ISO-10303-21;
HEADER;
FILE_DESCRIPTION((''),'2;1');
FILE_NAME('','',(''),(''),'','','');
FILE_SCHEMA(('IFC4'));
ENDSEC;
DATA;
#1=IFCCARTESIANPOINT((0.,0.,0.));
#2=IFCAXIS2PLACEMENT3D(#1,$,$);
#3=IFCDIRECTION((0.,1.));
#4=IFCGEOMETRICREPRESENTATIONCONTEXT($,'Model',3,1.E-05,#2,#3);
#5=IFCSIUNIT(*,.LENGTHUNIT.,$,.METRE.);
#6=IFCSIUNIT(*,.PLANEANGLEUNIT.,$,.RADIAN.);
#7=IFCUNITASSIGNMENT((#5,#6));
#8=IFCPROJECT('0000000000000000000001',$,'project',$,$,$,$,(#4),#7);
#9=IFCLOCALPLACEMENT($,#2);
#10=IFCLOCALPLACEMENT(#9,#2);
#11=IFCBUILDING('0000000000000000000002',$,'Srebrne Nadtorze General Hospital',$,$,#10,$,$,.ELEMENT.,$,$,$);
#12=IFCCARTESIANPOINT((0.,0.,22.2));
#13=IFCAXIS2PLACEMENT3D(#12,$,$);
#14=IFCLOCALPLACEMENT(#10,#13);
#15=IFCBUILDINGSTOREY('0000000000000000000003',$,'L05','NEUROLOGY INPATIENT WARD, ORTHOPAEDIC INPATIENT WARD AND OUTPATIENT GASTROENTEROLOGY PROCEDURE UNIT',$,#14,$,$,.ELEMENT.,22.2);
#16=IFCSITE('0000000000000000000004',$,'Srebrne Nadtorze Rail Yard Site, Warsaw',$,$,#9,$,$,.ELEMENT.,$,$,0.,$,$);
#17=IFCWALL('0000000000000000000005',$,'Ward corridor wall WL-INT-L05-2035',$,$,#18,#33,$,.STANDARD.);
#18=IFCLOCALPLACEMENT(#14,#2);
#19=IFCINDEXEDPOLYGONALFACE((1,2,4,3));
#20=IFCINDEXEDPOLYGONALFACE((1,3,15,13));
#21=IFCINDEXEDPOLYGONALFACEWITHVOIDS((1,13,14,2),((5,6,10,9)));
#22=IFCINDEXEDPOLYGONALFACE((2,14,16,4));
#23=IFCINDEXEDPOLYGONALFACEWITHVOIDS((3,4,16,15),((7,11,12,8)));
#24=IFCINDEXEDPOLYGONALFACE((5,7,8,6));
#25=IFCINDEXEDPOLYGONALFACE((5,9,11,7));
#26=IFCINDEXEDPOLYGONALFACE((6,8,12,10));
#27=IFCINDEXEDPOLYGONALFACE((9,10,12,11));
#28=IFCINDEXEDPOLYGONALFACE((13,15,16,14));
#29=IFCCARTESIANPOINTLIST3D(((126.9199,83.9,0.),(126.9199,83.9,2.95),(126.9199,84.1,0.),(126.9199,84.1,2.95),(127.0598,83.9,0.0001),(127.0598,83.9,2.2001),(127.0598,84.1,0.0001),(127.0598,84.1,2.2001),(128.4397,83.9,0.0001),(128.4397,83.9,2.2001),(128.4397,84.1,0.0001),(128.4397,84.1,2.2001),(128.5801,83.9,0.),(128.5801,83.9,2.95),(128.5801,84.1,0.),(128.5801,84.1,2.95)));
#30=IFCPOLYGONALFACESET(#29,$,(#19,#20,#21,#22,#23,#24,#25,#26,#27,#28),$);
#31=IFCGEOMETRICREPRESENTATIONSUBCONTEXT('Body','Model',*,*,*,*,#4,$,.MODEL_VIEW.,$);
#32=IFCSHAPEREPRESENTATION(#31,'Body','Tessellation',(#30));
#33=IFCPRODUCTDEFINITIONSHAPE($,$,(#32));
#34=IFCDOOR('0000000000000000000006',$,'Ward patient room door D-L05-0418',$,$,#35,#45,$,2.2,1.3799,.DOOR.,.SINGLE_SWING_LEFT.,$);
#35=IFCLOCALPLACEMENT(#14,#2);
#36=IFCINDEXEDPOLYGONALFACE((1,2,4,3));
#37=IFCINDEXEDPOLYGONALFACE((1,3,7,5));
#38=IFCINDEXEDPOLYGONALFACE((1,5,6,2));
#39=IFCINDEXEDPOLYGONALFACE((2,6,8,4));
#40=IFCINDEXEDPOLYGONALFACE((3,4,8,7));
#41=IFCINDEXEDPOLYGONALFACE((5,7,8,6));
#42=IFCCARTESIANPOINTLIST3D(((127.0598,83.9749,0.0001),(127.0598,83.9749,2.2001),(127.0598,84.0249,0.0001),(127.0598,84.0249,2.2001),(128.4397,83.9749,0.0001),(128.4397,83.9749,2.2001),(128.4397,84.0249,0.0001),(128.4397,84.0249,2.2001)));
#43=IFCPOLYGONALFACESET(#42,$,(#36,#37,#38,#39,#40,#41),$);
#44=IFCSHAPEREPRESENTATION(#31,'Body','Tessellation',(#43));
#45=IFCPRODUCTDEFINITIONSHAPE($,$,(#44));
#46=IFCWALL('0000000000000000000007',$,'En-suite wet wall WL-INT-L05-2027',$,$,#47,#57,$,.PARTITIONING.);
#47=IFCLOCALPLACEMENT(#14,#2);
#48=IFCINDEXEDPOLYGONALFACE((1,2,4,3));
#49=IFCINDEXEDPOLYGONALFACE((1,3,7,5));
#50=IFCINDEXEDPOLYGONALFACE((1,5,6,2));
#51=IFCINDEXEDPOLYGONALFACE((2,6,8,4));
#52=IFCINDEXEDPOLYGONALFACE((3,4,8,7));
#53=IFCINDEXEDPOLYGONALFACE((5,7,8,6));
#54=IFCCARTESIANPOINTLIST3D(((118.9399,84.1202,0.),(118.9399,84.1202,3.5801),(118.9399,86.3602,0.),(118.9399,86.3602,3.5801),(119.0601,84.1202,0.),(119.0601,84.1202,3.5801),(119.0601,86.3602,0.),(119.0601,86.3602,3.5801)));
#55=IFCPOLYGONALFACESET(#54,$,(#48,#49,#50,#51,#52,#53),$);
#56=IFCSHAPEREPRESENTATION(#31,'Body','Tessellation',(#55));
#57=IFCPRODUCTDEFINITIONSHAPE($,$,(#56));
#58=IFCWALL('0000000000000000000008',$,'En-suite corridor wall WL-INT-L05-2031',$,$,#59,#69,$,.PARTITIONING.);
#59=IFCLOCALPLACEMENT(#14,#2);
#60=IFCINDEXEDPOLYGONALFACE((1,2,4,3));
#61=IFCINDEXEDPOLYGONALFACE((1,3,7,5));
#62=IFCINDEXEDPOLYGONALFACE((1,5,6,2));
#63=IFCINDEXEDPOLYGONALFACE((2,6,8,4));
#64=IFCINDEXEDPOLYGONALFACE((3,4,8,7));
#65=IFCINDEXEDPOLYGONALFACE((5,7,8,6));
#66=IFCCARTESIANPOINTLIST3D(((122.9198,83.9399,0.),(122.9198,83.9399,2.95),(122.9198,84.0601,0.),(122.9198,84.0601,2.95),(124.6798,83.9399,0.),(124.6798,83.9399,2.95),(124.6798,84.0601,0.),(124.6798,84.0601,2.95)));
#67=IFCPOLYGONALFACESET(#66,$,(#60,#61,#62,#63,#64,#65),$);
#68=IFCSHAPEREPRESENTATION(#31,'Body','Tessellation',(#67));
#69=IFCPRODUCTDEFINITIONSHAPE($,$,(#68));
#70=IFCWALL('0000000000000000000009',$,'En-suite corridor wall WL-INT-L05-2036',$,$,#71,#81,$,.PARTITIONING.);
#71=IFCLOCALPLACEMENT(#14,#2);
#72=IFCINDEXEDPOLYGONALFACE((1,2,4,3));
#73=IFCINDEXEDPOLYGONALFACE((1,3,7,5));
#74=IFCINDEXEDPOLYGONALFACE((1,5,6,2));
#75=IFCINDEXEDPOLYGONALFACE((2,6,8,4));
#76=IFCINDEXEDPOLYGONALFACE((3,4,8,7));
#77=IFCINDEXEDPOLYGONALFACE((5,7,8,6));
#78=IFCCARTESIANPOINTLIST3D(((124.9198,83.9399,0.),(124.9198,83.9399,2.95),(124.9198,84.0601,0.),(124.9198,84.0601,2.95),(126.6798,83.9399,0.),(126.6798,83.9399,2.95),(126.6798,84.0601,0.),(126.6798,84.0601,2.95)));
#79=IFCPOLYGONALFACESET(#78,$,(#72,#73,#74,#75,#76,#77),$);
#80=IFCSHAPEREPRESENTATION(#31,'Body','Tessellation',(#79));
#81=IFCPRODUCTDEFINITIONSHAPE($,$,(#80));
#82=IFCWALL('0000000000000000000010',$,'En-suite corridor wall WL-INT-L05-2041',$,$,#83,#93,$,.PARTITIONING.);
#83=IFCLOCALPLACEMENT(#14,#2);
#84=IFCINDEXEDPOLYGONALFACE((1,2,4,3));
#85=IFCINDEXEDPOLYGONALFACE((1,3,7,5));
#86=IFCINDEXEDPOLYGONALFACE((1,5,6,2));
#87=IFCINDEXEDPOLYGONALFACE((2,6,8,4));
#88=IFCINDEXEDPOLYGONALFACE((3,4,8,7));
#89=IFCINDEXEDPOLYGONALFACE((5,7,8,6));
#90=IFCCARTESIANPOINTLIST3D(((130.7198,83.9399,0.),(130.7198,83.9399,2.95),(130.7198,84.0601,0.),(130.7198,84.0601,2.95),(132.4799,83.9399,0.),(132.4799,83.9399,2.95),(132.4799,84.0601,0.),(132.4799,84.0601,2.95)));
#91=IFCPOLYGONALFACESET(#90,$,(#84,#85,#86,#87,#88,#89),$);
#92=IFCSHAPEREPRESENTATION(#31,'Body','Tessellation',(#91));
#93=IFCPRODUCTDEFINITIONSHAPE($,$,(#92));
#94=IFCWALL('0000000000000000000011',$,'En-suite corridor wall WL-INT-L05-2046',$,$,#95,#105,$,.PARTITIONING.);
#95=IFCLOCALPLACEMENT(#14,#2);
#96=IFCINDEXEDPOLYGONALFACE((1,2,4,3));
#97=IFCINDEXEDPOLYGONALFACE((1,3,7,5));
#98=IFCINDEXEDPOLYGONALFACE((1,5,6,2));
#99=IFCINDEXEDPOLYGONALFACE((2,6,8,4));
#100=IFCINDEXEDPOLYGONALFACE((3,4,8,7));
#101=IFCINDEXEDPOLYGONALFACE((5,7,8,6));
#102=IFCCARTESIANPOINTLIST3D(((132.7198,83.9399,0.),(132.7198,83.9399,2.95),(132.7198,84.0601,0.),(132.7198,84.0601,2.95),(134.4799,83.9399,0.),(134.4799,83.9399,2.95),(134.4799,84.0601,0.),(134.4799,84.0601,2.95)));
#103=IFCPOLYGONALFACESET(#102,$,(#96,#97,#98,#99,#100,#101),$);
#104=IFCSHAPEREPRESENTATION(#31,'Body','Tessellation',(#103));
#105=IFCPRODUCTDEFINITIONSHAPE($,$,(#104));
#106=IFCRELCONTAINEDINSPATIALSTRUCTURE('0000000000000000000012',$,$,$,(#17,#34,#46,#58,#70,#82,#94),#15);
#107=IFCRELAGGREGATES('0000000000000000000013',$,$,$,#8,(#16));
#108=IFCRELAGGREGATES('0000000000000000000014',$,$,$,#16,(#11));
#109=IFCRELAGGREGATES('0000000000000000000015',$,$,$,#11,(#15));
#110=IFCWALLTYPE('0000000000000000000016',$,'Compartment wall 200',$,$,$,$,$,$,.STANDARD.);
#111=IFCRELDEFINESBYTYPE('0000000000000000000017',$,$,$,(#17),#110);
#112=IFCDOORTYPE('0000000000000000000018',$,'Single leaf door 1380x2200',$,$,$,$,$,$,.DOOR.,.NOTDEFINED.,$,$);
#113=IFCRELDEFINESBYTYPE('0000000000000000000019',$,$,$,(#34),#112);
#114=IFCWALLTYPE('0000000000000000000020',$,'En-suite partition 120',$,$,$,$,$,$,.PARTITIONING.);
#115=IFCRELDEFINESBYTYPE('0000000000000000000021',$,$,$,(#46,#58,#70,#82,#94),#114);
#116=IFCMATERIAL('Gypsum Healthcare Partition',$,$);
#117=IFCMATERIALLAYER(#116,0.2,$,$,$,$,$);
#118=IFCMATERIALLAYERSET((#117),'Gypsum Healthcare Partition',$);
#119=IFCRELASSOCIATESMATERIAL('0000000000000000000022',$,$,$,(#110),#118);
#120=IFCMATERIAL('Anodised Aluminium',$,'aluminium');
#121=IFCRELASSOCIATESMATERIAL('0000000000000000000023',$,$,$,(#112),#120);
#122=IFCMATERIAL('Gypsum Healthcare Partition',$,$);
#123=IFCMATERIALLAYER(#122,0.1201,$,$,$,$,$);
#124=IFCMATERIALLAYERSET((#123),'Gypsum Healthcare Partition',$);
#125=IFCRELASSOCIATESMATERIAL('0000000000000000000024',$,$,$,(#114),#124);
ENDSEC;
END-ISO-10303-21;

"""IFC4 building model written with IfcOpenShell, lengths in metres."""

from ifc_helpers import new_model, si_unit, direction, frame, frame_2d, origin, place, context, subcontext, project, spatial, rectangle, extrude, material, layer, layer_set, type_object, element, fill, save


model = new_model("IFC4")

# Units and contexts
model_context = context("Model", 3, precision=1e-05, world=origin(), true_north=direction((0.0, 1.0)))
body_context = subcontext(model_context, "Body", "Model", "MODEL_VIEW")
ifc_project = project(units=[si_unit("LENGTHUNIT", "METRE"), si_unit("PLANEANGLEUNIT", "RADIAN")], contexts=[model_context])

# Site, building, storey
site_placement = place(None, origin())
site = spatial("IfcSite", under=ifc_project, at=site_placement, Name="Srebrne Nadtorze Rail Yard Site, Warsaw", CompositionType="ELEMENT", RefElevation=0.0)
building_placement = place(site_placement, origin())
building = spatial("IfcBuilding", under=site, at=building_placement, Name="Srebrne Nadtorze General Hospital", CompositionType="ELEMENT")
storey_placement = place(building_placement, frame((0.0, 0.0, 22.2)))
storey = spatial("IfcBuildingStorey", under=building, at=storey_placement, Name="L05", Description="NEUROLOGY INPATIENT WARD, ORTHOPAEDIC INPATIENT WARD AND OUTPATIENT GASTROENTEROLOGY PROCEDURE UNIT", CompositionType="ELEMENT", Elevation=22.2)

# Wall, opening, door
ifc_material_1 = material(Name="Gypsum Healthcare Partition")
ifc_layer_1 = layer(ifc_material_1, 0.2)
ifc_layer_set_1 = layer_set([ifc_layer_1], Name="Gypsum Healthcare Partition")
wall_type_1 = type_object("IfcWallType", Name="Compartment wall 200", PredefinedType="STANDARD", material=ifc_layer_set_1)
wall_1_placement = place(storey_placement, frame((126.9199, 84.0, 0.0), z_axis=(0.0, 0.0, 1.0), x_axis=(1.0, 0.0, 0.0)))
wall_1 = element("IfcWall", 1, at=wall_1_placement, inside=storey, type_object=wall_type_1, Name="Ward corridor wall WL-INT-L05-2035", PredefinedType="STANDARD", context=body_context, shape_type="SweptSolid", body=[
    extrude(rectangle(XDim=1.6602, YDim=0.2, at=frame_2d((0.8301, 0.0))), origin(), (0.0, 0.0, 1.0), 2.95),
])
opening_1_placement = place(wall_1_placement, frame((0.1399, 0.0, 0.0)))
opening_1 = element("IfcOpeningElement", 2, at=opening_1_placement, cuts=wall_1, PredefinedType="OPENING", context=body_context, shape_type="SweptSolid", body=[
    extrude(rectangle(XDim=1.3799, YDim=2.2, at=frame_2d((0.6899, 1.1001))), frame((0.0, 0.1118, 0.0), z_axis=(0.0, -1.0, 0.0), x_axis=(1.0, 0.0, 0.0)), (0.0, 0.0, 1.0), 0.2239),
])
ifc_material_2 = material(Name="Anodised Aluminium", Category="aluminium")
door_type_1 = type_object("IfcDoorType", Name="Single leaf door 1380x2200", OperationType="NOTDEFINED", PredefinedType="DOOR", material=ifc_material_2)
door_1_placement = place(opening_1_placement, origin())
door_1 = element("IfcDoor", 3, at=door_1_placement, inside=storey, type_object=door_type_1, Name="Ward patient room door D-L05-0418", OperationType="SINGLE_SWING_LEFT", OverallHeight=2.2, OverallWidth=1.3799, PredefinedType="DOOR", context=body_context, shape_type="SweptSolid", body=[
    extrude(rectangle(XDim=1.3799, YDim=2.2, at=frame_2d((0.6899, 1.1001))), frame((0.0, 0.0249, 0.0), z_axis=(0.0, -1.0, 0.0), x_axis=(1.0, 0.0, 0.0)), (0.0, 0.0, 1.0), 0.05),
])
fill(opening_1, door_1)

# Walls
ifc_material_3 = material(Name="Gypsum Healthcare Partition")
ifc_layer_2 = layer(ifc_material_3, 0.1201)
ifc_layer_set_2 = layer_set([ifc_layer_2], Name="Gypsum Healthcare Partition")
wall_type_2 = type_object("IfcWallType", Name="En-suite partition 120", PredefinedType="PARTITIONING", material=ifc_layer_set_2)
wall_2_placement = place(storey_placement, frame((119.0, 84.1201, 0.0), z_axis=(0.0, 0.0, 1.0), x_axis=(0.0, 1.0, 0.0)))
element("IfcWall", 4, at=wall_2_placement, inside=storey, type_object=wall_type_2, Name="En-suite wet wall WL-INT-L05-2027", PredefinedType="PARTITIONING", context=body_context, shape_type="SweptSolid", body=[
    extrude(rectangle(XDim=2.24, YDim=0.1201, at=frame_2d((1.1201, 0.0))), origin(), (0.0, 0.0, 1.0), 3.5801),
])
for number, where, z_axis, x_axis, name in (
    (5, (122.9199, 84.0, 0.0), (0.0, 0.0, 1.0), (1.0, 0.0, 0.0), "En-suite corridor wall WL-INT-L05-2031"),
    (6, (124.9199, 84.0, 0.0), (0.0, 0.0, 1.0), (1.0, 0.0, 0.0), "En-suite corridor wall WL-INT-L05-2036"),
    (7, (130.72, 84.0, 0.0), (0.0, 0.0, 1.0), (1.0, 0.0, 0.0), "En-suite corridor wall WL-INT-L05-2041"),
    (8, (132.72, 84.0, 0.0), (0.0, 0.0, 1.0), (1.0, 0.0, 0.0), "En-suite corridor wall WL-INT-L05-2046"),
):
    element("IfcWall", number, at=place(storey_placement, frame(where, z_axis=z_axis, x_axis=x_axis)), inside=storey, type_object=wall_type_2, Name=name, PredefinedType="PARTITIONING", context=body_context, shape_type="SweptSolid", body=[
        extrude(rectangle(XDim=1.76, YDim=0.1201, at=frame_2d((0.8799, 0.0))), origin(), (0.0, 0.0, 1.0), 2.95),
    ])

save(model, "model.ifc")
